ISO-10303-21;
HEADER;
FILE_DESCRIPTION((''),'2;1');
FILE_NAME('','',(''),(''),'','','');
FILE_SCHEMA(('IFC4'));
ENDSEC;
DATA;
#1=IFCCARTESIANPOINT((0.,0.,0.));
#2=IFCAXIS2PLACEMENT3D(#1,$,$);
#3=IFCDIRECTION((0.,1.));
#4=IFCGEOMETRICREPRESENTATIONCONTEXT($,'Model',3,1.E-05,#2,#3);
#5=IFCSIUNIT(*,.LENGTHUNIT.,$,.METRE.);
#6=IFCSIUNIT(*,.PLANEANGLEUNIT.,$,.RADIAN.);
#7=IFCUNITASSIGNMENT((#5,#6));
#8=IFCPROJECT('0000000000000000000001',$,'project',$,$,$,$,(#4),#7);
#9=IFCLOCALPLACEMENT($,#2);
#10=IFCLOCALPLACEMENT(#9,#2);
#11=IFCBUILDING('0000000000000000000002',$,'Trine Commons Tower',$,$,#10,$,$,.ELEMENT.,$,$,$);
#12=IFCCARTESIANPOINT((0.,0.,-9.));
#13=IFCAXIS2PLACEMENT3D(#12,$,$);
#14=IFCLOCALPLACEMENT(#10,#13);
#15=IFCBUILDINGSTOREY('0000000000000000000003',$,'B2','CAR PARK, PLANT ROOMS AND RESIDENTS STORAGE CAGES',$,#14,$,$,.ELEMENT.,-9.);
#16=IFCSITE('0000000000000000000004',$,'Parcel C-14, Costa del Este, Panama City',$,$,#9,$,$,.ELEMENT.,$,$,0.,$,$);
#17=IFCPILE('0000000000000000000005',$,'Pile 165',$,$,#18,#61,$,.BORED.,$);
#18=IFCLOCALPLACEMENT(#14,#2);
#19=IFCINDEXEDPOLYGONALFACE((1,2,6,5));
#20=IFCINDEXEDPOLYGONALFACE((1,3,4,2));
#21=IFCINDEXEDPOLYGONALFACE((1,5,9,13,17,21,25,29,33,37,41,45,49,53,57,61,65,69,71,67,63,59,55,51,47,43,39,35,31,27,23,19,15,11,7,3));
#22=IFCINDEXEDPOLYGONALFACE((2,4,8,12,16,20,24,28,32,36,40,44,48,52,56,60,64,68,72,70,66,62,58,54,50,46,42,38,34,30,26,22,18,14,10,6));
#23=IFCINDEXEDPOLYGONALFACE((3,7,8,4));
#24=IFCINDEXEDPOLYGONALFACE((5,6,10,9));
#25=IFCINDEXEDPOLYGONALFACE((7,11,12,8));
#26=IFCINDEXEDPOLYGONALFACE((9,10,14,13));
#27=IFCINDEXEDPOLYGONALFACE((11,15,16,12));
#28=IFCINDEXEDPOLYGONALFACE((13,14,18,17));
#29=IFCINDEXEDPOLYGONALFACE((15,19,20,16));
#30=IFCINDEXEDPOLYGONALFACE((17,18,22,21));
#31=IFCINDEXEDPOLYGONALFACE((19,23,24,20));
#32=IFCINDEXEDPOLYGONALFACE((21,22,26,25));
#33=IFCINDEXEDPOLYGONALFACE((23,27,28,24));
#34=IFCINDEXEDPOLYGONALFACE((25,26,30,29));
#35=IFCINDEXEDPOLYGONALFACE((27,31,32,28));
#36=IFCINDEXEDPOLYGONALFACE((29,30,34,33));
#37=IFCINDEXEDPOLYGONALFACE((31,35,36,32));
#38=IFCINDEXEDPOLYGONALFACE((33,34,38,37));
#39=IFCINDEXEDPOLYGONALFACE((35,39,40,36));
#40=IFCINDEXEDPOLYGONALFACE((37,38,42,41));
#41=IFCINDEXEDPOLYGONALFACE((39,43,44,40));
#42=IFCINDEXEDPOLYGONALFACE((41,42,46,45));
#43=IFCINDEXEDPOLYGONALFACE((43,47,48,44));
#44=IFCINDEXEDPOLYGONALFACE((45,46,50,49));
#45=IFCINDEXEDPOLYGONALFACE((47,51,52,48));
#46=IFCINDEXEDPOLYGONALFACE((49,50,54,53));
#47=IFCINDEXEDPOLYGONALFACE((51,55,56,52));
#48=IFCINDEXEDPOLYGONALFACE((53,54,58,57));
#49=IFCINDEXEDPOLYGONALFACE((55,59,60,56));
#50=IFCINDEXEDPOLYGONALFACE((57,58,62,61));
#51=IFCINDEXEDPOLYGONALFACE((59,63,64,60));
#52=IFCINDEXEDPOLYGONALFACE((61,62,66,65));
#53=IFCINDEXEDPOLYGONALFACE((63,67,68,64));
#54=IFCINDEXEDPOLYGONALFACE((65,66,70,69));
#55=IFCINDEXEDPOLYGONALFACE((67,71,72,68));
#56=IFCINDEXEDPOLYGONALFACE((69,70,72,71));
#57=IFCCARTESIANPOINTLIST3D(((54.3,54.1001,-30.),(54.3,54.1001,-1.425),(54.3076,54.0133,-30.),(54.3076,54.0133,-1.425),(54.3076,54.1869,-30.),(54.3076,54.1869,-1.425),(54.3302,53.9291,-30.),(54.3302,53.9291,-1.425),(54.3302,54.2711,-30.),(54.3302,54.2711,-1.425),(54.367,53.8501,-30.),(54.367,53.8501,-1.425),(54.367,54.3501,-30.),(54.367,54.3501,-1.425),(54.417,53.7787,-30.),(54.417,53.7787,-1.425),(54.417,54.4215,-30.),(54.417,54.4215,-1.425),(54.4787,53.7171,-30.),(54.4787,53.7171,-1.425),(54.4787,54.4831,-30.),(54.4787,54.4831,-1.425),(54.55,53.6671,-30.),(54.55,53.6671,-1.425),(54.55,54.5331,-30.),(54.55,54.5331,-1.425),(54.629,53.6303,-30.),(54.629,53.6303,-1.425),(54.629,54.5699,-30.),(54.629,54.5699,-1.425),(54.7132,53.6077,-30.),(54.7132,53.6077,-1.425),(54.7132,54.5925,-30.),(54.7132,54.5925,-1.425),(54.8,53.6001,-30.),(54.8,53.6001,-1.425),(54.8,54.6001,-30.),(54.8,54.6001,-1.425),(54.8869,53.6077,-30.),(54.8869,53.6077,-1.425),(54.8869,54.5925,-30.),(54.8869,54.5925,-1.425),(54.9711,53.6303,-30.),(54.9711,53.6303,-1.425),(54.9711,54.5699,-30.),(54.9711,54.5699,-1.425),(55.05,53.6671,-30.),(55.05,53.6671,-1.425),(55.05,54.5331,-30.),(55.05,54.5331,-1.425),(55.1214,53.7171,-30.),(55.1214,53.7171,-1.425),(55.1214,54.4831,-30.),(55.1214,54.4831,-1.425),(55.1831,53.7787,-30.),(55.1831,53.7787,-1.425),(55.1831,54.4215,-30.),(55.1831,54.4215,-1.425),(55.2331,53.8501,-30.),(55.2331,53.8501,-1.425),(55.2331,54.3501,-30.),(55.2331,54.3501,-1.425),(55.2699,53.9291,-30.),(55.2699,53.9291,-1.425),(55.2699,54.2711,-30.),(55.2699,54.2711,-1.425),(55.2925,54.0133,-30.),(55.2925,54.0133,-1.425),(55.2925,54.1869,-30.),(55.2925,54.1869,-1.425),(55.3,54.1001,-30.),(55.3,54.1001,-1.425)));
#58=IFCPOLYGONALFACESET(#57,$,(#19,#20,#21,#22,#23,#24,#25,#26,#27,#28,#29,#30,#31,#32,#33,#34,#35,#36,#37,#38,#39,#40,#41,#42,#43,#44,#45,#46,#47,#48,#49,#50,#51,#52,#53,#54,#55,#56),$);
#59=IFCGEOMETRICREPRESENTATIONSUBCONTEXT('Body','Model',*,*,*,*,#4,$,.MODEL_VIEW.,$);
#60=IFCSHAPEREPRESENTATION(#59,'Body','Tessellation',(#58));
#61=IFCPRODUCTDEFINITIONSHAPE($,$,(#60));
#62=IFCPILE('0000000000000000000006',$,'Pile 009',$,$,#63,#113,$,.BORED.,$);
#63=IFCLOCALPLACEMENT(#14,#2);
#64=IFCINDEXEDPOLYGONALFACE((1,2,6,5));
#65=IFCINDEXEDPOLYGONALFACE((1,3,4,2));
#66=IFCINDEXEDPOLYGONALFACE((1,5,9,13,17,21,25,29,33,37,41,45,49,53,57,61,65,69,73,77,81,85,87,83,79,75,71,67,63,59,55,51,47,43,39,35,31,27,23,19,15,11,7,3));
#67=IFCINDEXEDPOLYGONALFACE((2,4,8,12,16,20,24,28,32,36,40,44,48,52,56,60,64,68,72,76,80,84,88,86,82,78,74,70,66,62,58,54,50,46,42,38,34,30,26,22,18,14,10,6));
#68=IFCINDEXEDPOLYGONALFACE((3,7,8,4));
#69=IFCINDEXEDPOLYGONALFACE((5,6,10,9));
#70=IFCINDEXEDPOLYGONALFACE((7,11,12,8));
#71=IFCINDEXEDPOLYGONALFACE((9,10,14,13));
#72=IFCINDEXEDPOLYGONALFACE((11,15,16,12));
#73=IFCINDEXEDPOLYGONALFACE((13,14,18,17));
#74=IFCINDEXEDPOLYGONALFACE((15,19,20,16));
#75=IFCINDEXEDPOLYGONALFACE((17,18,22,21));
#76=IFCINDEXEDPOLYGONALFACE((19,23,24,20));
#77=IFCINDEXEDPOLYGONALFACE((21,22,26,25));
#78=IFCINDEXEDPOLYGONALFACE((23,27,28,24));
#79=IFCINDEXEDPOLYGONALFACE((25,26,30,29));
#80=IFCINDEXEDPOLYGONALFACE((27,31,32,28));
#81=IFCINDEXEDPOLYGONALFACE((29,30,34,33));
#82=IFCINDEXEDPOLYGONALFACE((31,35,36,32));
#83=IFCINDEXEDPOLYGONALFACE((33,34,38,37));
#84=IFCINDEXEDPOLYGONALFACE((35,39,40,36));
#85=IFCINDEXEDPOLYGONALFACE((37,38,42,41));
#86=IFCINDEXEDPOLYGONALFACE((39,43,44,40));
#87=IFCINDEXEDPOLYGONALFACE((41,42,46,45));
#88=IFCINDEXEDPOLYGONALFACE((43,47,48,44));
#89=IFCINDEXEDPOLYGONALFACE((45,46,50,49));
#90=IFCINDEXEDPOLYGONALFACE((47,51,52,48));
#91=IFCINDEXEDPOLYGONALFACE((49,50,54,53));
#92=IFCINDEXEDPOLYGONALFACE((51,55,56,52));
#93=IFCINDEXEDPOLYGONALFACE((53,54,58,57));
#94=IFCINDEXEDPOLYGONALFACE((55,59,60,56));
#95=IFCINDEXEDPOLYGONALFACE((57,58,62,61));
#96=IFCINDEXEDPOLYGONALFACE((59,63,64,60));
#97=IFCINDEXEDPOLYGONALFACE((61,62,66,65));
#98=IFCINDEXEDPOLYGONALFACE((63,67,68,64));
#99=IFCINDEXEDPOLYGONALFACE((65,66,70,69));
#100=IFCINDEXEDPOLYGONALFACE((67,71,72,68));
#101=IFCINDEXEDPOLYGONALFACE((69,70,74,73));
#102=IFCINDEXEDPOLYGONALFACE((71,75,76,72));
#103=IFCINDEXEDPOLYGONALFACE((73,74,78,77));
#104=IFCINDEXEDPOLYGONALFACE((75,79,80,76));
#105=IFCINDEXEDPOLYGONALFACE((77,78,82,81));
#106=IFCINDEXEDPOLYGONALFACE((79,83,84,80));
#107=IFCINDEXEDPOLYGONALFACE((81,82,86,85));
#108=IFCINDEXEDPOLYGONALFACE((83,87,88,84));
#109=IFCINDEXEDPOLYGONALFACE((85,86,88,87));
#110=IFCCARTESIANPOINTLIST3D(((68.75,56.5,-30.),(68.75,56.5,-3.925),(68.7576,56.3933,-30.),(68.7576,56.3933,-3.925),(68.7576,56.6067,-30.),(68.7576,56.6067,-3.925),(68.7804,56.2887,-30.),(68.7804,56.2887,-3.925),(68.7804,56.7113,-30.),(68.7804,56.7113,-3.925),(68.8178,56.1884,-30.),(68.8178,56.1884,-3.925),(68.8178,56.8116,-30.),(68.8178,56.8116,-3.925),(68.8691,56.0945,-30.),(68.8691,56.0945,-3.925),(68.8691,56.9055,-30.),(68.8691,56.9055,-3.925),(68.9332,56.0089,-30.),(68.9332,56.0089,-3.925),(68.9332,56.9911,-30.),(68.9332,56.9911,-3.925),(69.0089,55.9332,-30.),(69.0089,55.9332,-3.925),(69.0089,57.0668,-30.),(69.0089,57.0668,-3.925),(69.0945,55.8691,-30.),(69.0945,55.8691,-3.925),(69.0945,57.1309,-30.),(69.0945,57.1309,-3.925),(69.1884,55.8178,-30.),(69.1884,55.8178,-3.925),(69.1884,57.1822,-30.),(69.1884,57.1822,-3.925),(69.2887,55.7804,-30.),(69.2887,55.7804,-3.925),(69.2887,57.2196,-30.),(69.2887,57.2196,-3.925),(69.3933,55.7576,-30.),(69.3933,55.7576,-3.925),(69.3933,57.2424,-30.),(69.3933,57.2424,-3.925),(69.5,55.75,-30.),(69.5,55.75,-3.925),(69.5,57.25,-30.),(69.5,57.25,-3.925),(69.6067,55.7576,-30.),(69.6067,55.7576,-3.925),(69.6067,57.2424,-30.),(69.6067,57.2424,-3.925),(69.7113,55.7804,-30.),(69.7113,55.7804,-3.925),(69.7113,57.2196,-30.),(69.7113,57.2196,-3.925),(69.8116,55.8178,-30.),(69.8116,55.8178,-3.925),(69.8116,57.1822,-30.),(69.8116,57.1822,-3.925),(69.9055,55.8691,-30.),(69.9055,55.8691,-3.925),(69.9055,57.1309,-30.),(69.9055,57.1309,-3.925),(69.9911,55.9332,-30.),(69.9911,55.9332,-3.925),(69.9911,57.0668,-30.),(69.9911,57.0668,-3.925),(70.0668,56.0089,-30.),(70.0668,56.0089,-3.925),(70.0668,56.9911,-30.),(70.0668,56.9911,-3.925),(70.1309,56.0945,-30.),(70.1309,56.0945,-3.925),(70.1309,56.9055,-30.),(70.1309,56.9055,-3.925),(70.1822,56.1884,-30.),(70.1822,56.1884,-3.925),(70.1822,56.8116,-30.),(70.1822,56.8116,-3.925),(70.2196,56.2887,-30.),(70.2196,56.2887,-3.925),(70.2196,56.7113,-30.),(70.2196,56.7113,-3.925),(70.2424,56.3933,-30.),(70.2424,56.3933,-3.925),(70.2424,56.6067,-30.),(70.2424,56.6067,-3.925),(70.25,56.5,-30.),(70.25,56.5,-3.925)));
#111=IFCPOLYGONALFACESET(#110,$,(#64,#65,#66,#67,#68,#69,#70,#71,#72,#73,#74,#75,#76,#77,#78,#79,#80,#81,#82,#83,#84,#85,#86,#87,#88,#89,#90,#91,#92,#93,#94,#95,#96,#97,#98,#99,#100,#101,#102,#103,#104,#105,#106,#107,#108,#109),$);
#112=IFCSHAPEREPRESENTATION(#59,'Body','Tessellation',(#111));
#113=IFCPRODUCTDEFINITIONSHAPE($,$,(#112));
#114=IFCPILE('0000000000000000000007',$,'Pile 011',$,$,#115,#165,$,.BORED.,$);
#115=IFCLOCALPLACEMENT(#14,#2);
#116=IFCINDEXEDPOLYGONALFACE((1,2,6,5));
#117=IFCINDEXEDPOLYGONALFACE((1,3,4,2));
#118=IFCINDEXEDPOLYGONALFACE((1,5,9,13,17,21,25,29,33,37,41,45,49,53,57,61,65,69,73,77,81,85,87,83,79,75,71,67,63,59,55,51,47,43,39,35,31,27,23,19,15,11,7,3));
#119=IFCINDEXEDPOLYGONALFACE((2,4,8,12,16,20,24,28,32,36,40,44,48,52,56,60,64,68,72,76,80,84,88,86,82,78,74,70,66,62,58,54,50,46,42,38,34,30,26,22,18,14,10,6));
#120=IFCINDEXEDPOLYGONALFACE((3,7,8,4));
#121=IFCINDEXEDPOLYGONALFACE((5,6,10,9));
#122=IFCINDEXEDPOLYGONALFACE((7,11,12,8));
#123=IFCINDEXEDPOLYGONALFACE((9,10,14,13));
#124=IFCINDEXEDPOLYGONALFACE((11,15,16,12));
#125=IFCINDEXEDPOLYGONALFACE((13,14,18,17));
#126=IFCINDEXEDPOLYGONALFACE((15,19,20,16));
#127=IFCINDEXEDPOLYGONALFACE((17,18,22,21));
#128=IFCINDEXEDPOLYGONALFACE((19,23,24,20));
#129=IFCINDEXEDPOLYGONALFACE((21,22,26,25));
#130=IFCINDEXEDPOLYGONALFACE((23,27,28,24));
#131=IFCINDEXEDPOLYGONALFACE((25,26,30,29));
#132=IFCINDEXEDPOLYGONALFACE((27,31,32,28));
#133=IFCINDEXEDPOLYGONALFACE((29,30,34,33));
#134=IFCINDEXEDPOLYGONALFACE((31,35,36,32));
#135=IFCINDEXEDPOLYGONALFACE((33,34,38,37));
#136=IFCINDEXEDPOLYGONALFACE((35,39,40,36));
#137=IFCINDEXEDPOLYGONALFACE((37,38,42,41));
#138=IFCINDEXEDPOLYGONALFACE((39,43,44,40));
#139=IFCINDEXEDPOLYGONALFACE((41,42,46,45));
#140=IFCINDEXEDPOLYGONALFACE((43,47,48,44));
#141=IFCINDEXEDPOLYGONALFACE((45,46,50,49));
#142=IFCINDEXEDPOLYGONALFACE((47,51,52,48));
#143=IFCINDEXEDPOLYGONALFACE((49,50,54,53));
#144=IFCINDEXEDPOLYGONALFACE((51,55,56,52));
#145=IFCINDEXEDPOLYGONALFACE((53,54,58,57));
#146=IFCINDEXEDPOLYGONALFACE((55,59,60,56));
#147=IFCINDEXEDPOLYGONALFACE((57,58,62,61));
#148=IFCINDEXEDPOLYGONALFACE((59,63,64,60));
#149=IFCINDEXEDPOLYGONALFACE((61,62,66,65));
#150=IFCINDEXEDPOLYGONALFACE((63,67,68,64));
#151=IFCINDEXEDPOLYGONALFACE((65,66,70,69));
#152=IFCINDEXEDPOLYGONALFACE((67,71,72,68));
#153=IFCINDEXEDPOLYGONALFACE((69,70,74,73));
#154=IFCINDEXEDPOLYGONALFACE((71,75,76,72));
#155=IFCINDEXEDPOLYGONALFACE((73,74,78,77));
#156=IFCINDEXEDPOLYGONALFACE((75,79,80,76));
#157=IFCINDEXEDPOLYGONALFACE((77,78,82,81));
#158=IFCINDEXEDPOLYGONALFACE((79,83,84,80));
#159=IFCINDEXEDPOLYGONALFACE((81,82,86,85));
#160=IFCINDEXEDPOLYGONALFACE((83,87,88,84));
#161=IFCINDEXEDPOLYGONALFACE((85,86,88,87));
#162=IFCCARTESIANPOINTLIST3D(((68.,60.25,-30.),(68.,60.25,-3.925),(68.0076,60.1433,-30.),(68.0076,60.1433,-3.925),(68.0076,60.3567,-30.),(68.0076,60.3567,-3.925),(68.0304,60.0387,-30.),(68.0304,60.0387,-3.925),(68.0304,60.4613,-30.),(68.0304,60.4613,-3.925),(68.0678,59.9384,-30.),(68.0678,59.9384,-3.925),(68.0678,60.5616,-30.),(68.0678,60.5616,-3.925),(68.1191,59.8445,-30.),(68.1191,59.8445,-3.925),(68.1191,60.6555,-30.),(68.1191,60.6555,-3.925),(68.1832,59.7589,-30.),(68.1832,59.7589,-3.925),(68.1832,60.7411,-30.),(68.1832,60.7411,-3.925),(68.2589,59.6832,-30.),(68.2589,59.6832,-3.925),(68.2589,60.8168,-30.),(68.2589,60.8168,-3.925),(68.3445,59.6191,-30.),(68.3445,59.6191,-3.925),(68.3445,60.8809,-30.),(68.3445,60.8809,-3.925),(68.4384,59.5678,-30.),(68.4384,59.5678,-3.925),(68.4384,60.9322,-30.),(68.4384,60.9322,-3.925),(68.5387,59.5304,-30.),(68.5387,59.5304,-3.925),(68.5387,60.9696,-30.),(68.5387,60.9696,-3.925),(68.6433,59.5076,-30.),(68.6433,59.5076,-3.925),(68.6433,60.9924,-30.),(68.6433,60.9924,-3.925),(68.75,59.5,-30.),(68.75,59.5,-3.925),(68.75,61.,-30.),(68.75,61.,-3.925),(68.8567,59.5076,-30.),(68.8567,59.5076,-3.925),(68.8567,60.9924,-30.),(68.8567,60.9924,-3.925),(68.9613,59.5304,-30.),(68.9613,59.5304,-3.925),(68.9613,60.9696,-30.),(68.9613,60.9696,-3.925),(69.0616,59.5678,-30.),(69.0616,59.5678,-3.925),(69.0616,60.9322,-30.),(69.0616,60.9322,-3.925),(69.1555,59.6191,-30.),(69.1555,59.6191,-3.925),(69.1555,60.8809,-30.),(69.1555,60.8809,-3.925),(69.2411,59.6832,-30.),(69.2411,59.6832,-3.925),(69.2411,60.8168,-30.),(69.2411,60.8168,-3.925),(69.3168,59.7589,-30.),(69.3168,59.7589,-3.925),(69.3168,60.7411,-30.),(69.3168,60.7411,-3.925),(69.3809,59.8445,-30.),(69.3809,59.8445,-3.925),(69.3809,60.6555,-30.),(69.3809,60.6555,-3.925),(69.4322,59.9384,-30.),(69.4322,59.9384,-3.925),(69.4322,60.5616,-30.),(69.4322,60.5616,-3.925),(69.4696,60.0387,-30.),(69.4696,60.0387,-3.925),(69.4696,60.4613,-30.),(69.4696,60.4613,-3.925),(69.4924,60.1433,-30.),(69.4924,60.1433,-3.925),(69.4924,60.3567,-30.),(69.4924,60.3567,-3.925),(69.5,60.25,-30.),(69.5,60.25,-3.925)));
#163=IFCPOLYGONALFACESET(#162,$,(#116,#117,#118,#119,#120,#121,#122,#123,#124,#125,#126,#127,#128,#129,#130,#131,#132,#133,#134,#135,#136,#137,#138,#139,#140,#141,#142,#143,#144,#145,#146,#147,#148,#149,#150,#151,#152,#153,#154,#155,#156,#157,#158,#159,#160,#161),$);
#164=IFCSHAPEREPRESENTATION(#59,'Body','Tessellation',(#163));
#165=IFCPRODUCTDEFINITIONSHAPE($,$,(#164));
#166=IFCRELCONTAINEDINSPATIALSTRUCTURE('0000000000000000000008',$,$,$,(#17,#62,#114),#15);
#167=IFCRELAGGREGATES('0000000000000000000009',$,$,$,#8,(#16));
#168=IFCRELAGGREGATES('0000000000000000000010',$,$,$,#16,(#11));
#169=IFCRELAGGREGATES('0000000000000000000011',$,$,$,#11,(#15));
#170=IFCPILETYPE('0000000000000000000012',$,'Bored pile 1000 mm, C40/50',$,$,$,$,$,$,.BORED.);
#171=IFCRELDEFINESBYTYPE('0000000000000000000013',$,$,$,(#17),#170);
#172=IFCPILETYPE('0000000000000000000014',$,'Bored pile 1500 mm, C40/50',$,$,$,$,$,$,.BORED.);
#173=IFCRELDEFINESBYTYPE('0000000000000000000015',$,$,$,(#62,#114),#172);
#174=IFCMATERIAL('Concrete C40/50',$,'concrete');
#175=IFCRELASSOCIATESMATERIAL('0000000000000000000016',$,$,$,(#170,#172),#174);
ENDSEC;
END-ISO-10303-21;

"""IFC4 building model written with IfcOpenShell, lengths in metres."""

from ifc_helpers import new_model, si_unit, direction, frame, origin, origin_2d, place, context, subcontext, project, spatial, circle, extrude, material, type_object, element, save


model = new_model("IFC4")

# Units and contexts
model_context = context("Model", 3, precision=1e-05, world=origin(), true_north=direction((0.0, 1.0)))
body_context = subcontext(model_context, "Body", "Model", "MODEL_VIEW")
ifc_project = project(units=[si_unit("LENGTHUNIT", "METRE"), si_unit("PLANEANGLEUNIT", "RADIAN")], contexts=[model_context])

# Site, building, storey
site_placement = place(None, origin())
site = spatial("IfcSite", under=ifc_project, at=site_placement, Name="Parcel C-14, Costa del Este, Panama City", CompositionType="ELEMENT", RefElevation=0.0)
building_placement = place(site_placement, origin())
building = spatial("IfcBuilding", under=site, at=building_placement, Name="Trine Commons Tower", CompositionType="ELEMENT")
storey_placement = place(building_placement, frame((0.0, 0.0, -9.0)))
storey = spatial("IfcBuildingStorey", under=building, at=storey_placement, Name="B2", Description="CAR PARK, PLANT ROOMS AND RESIDENTS STORAGE CAGES", CompositionType="ELEMENT", Elevation=-9.0)

# Piles
ifc_material_1 = material(Name="Concrete C40/50", Category="concrete")
pile_type_1 = type_object("IfcPileType", Name="Bored pile 1000 mm, C40/50", PredefinedType="BORED", material=ifc_material_1)
pile_placement = place(storey_placement, frame((54.8, 54.1001, -1.425), z_axis=(0.0, 0.0, -1.0), x_axis=(1.0, 0.0, 0.0)))
element("IfcPile", 1, at=pile_placement, inside=storey, type_object=pile_type_1, Name="Pile 165", PredefinedType="BORED", context=body_context, shape_type="SweptSolid", body=[
    extrude(circle(Radius=0.5, at=origin_2d()), origin(), (0.0, 0.0, 1.0), 28.575),
])
pile_type_2 = type_object("IfcPileType", Name="Bored pile 1500 mm, C40/50", PredefinedType="BORED", material=ifc_material_1)
for number, where, z_axis, x_axis, name in (
    (2, (69.5, 56.5, -3.925), (0.0, 0.0, -1.0), (1.0, 0.0, 0.0), "Pile 009"),
    (3, (68.75, 60.25, -3.925), (0.0, 0.0, -1.0), (1.0, 0.0, 0.0), "Pile 011"),
):
    element("IfcPile", number, at=place(storey_placement, frame(where, z_axis=z_axis, x_axis=x_axis)), inside=storey, type_object=pile_type_2, Name=name, PredefinedType="BORED", context=body_context, shape_type="SweptSolid", body=[
        extrude(circle(Radius=0.75, at=origin_2d()), origin(), (0.0, 0.0, 1.0), 26.075),
    ])

save(model, "model.ifc")
